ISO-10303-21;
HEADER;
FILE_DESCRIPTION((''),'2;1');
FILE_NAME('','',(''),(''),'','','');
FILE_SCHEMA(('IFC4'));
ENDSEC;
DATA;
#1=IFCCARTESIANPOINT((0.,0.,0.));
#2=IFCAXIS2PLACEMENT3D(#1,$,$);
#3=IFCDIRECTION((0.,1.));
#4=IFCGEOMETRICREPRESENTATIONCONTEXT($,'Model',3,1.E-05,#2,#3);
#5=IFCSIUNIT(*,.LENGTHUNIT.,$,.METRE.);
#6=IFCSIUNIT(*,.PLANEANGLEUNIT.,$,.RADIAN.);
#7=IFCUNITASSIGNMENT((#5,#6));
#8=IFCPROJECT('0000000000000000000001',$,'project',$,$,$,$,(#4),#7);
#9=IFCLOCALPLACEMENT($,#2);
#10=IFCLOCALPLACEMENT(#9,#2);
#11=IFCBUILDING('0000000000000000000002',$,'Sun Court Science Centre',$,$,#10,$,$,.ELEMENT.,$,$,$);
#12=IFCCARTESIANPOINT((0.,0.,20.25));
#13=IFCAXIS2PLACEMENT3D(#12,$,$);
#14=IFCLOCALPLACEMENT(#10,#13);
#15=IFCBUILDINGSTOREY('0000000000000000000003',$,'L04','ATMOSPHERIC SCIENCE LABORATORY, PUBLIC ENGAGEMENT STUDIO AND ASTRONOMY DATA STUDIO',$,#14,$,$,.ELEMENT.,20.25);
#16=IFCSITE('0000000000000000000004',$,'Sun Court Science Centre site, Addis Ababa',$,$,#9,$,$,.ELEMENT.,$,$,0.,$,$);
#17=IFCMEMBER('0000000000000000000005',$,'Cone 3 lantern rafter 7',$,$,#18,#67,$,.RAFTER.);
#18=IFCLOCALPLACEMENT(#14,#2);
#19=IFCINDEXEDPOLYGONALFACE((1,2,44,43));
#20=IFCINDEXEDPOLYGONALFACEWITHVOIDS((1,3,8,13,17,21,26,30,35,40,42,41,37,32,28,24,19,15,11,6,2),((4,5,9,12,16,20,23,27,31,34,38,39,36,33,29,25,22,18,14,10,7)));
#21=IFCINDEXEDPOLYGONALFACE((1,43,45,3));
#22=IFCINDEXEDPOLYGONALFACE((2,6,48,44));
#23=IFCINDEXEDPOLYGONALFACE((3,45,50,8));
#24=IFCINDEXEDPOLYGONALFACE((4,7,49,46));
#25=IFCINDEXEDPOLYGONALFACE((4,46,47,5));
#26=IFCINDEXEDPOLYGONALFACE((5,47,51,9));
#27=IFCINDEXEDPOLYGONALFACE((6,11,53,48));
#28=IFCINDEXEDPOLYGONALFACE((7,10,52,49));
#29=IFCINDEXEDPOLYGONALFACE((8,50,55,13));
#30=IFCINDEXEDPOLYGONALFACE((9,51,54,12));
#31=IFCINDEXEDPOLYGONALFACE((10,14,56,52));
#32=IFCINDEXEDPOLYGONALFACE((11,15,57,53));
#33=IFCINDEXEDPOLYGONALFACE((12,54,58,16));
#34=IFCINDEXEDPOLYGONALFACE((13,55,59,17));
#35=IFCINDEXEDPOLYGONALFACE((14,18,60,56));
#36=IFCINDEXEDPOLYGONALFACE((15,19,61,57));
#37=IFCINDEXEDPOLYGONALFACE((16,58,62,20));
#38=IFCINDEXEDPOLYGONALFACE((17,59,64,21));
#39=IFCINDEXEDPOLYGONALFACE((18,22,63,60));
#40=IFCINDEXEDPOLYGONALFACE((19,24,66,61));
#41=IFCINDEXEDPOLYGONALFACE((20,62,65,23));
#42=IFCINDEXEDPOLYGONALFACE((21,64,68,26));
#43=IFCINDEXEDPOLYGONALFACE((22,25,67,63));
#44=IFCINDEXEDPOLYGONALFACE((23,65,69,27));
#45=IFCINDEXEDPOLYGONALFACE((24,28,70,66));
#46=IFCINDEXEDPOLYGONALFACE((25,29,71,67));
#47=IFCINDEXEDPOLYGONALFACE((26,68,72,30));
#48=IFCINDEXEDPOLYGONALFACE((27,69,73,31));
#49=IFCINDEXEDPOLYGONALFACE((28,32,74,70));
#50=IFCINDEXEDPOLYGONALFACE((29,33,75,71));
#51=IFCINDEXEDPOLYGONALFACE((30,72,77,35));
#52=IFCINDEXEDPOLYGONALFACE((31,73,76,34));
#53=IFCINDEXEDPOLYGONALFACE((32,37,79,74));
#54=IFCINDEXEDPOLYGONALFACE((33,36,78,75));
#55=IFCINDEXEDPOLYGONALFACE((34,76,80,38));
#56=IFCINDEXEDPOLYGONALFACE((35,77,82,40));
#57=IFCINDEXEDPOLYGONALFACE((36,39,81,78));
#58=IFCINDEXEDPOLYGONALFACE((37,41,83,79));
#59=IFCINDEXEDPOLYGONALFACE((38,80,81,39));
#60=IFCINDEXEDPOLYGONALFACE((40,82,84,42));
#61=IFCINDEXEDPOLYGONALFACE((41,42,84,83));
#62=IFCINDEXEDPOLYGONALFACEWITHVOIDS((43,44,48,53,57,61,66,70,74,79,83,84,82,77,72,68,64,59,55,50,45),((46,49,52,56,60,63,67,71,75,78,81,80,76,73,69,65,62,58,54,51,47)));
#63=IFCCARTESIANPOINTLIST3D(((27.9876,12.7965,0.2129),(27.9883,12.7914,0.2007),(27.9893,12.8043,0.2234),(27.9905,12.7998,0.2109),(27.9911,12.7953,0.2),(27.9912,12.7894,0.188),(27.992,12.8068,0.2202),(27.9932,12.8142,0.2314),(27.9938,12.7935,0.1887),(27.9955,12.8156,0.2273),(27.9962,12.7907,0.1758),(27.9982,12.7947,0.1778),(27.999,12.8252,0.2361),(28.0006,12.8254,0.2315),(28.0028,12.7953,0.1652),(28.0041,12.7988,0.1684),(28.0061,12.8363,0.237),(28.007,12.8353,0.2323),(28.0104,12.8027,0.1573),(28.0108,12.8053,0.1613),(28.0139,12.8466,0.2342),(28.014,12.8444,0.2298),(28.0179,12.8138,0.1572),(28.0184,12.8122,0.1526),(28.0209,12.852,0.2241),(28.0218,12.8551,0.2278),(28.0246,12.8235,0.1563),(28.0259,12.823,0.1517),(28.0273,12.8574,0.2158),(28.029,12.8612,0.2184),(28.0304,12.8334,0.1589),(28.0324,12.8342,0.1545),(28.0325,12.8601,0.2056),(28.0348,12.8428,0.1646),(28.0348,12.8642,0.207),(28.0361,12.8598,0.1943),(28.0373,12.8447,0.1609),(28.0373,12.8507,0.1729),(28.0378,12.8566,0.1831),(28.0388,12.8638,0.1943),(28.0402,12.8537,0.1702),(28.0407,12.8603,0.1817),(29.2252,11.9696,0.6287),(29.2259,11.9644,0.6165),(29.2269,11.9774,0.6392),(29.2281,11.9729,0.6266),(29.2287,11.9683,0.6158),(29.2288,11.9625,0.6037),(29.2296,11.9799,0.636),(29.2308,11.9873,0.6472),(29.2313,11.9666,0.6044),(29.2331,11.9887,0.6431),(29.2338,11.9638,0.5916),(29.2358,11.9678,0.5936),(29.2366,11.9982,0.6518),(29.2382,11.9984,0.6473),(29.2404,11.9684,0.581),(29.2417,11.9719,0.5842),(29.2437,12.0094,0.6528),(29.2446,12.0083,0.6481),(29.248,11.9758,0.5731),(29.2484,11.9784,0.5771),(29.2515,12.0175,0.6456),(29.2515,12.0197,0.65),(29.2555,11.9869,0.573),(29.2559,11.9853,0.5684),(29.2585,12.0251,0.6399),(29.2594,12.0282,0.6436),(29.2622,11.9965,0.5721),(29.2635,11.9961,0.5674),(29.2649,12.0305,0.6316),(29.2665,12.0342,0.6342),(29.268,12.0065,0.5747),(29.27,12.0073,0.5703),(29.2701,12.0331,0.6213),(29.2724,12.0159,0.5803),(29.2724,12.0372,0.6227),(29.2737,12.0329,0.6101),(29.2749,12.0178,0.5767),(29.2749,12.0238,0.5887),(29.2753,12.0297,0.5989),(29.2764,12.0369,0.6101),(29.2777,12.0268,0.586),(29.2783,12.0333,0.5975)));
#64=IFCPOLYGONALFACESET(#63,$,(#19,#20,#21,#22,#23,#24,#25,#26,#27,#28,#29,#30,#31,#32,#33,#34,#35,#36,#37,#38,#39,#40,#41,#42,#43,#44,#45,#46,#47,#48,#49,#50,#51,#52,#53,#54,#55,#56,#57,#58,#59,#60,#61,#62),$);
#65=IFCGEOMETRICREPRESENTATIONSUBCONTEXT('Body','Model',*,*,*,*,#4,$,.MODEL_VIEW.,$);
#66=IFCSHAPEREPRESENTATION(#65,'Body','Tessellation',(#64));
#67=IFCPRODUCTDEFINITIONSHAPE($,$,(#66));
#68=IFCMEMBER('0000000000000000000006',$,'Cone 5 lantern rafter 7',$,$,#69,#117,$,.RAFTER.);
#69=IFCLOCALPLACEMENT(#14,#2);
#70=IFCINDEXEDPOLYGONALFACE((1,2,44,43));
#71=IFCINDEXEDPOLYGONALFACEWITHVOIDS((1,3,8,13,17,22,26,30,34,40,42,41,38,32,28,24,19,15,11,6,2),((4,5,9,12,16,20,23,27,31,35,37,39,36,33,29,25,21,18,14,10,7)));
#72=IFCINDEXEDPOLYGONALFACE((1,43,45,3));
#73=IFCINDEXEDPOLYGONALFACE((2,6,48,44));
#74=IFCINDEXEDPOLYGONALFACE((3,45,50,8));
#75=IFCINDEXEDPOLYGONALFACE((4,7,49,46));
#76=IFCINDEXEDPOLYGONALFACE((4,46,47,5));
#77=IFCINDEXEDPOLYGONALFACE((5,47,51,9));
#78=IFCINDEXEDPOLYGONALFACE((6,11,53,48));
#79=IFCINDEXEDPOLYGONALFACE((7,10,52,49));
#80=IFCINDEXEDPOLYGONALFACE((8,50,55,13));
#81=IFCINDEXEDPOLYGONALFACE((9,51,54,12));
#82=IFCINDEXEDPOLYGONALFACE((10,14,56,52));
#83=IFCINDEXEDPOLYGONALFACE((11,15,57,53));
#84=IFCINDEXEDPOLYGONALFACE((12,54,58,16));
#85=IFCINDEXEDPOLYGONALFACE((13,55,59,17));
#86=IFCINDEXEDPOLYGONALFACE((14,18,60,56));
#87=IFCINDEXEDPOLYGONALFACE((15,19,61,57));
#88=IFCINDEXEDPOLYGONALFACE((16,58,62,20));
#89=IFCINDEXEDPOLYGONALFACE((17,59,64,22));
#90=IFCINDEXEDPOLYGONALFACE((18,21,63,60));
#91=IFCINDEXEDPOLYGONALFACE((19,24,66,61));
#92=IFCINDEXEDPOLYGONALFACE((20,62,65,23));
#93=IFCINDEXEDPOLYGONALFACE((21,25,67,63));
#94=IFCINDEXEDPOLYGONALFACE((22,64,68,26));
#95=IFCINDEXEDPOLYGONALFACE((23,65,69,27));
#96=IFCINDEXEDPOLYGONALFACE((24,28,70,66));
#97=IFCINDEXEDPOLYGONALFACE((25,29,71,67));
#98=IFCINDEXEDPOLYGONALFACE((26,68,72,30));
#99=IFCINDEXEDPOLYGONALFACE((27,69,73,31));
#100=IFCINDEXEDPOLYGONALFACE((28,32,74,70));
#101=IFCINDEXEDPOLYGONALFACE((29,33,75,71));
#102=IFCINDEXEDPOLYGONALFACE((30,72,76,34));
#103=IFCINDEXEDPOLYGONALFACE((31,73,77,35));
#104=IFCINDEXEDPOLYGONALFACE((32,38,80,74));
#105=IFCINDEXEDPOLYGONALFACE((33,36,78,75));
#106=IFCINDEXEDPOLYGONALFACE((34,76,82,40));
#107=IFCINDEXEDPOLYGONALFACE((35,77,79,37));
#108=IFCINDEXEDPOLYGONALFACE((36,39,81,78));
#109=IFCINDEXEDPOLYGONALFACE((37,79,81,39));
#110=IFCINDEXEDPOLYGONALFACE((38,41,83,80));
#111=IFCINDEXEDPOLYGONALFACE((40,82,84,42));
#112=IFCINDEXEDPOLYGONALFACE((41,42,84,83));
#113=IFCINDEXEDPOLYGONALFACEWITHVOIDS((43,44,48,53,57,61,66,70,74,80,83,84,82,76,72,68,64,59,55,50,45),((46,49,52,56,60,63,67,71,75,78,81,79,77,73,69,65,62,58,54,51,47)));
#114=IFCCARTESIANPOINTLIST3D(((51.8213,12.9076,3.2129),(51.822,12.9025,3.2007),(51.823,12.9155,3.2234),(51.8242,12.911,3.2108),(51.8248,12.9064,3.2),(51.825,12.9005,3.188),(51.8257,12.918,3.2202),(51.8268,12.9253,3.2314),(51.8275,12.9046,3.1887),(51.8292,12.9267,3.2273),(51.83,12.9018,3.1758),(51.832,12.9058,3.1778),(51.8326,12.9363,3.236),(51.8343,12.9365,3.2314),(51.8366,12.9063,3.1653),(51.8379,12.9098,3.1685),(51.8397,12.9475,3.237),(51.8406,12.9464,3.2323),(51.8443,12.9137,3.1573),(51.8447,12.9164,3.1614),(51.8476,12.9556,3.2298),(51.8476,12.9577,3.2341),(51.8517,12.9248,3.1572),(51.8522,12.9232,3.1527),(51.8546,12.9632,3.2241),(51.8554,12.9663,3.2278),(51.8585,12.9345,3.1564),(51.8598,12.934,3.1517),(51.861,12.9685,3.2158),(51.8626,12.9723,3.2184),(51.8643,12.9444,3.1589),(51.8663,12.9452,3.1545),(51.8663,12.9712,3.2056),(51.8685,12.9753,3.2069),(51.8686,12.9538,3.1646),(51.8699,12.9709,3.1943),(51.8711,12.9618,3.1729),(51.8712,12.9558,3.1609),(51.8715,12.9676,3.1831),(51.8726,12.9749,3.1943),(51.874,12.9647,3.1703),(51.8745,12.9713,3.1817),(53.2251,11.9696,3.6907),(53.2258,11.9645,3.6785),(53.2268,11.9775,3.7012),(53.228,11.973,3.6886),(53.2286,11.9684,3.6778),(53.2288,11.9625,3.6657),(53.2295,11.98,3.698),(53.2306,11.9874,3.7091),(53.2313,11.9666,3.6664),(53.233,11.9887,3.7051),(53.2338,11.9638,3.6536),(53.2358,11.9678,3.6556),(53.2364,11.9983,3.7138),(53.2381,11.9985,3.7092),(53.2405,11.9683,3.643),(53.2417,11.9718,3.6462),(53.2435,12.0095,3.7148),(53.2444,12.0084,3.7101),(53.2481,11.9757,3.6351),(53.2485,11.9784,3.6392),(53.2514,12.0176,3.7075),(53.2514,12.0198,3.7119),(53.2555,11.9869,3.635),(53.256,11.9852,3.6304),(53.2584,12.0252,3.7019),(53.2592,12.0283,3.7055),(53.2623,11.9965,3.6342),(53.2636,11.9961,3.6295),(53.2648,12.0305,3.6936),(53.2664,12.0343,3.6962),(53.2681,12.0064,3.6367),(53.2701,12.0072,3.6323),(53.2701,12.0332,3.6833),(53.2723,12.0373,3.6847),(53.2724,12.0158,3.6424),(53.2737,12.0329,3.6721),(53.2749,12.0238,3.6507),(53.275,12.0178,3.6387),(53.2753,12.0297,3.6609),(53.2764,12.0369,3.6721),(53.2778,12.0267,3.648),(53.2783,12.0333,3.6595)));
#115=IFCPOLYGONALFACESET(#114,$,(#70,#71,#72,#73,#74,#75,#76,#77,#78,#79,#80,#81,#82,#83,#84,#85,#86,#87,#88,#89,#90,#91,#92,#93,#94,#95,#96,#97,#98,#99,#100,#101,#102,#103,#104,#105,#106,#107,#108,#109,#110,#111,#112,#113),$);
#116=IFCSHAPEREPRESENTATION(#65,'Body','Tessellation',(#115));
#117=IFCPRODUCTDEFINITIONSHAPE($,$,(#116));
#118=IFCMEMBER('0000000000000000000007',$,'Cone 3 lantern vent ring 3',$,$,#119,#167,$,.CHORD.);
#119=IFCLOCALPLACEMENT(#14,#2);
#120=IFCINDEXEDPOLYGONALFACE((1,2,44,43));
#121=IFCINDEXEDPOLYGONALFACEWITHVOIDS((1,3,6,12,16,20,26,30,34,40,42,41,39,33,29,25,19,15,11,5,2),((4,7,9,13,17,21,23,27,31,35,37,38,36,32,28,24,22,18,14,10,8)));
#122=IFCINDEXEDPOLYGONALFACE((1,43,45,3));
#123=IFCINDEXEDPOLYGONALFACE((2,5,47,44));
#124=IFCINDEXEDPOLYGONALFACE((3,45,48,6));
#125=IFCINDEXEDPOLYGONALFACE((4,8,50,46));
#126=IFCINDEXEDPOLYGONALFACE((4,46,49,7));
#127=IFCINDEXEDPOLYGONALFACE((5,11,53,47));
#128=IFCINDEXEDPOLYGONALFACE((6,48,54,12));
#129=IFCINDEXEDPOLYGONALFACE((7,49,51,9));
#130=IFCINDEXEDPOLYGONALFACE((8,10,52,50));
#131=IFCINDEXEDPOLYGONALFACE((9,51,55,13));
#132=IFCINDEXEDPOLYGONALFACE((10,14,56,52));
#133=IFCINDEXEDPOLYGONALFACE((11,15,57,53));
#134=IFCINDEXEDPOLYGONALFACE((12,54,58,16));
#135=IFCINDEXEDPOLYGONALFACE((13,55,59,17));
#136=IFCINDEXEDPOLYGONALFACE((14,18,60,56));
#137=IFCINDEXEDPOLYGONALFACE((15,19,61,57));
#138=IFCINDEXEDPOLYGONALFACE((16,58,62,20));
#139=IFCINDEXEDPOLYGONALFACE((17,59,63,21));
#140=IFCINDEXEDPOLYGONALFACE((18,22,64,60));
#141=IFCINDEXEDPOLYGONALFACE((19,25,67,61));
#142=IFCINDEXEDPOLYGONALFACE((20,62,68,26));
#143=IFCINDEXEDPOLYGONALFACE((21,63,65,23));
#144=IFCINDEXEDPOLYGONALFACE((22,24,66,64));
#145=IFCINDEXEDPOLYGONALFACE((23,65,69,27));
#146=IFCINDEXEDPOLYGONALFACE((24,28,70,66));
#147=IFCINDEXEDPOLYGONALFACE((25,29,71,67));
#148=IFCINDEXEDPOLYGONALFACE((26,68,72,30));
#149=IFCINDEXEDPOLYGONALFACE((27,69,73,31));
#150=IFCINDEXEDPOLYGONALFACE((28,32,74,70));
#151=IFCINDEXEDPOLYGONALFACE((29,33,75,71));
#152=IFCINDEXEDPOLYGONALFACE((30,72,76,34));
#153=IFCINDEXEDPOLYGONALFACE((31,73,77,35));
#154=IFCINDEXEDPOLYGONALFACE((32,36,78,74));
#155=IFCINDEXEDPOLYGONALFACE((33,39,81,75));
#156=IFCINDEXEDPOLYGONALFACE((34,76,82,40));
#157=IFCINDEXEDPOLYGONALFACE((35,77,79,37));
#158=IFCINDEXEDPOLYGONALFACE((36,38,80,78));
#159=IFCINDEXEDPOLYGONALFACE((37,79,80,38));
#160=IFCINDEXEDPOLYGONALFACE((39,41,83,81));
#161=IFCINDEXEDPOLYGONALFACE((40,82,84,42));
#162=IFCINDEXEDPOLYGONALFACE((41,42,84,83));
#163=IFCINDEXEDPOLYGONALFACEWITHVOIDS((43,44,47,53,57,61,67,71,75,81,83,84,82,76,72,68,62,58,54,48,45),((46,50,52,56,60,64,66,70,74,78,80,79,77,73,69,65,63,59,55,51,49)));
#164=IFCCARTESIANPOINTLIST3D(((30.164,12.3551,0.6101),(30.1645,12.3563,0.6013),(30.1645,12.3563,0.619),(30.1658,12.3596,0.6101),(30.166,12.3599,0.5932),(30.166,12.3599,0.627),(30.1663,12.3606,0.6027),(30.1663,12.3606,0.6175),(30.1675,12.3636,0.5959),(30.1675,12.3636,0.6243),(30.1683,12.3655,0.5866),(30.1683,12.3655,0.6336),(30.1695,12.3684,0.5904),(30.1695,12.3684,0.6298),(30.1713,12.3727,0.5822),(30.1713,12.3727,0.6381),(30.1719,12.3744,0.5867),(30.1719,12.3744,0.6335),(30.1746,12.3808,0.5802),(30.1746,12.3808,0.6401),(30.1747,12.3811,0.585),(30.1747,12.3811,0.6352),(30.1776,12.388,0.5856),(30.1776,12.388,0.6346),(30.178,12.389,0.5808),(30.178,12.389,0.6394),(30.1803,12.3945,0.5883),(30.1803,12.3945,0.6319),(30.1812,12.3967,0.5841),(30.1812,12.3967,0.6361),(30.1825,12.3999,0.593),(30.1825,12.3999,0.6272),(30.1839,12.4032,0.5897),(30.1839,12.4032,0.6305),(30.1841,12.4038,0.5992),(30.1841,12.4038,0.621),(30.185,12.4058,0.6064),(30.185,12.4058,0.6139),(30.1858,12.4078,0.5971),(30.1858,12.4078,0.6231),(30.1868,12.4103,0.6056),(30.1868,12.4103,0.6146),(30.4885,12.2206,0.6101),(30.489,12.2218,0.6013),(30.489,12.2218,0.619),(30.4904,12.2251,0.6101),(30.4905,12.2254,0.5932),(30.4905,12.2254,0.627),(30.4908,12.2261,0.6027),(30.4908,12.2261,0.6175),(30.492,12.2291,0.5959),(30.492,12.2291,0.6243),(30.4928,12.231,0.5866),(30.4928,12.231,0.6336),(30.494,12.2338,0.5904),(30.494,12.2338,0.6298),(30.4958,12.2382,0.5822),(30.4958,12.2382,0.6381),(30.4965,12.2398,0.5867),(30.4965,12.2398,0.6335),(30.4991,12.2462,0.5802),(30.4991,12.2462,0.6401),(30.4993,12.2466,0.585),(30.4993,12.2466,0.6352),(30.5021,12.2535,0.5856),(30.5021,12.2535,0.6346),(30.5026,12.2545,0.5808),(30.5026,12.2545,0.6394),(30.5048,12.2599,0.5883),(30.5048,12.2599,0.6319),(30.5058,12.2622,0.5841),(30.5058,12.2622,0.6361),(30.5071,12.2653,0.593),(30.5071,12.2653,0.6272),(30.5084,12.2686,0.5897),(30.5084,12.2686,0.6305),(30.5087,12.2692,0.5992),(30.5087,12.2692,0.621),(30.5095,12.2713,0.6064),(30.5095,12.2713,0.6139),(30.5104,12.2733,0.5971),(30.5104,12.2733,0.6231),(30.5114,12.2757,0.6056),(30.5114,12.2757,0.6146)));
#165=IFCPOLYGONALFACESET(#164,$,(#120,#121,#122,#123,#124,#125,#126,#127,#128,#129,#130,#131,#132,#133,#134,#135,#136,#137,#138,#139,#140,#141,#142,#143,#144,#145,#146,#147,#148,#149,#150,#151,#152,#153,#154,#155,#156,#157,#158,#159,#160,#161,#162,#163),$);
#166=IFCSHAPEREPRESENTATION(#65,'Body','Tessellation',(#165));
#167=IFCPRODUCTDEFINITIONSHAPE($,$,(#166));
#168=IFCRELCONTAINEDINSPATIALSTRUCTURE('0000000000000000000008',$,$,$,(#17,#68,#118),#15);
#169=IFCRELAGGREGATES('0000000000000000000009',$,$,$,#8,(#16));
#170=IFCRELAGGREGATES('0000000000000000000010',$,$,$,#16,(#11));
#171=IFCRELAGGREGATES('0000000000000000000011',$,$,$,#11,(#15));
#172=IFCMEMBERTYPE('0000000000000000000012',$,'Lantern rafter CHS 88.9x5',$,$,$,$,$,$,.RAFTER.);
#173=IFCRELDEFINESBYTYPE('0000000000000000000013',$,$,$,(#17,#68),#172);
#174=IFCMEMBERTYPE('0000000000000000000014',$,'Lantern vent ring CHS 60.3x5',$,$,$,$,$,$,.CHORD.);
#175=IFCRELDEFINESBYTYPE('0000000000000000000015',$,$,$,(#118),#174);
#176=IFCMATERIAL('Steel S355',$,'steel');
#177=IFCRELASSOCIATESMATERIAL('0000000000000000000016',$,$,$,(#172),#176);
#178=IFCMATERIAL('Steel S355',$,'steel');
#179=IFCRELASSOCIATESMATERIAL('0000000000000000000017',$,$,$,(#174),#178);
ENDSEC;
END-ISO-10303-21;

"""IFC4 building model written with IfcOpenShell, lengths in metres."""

from ifc_helpers import new_model, si_unit, direction, frame, origin, origin_2d, place, context, subcontext, project, spatial, hollow_circle, extrude, material, material_profile, profile_set, type_object, element, save


model = new_model("IFC4")

# Units and contexts
model_context = context("Model", 3, precision=1e-05, world=origin(), true_north=direction((0.0, 1.0)))
body_context = subcontext(model_context, "Body", "Model", "MODEL_VIEW")
ifc_project = project(units=[si_unit("LENGTHUNIT", "METRE"), si_unit("PLANEANGLEUNIT", "RADIAN")], contexts=[model_context])

# Site, building, storey
site_placement = place(None, origin())
site = spatial("IfcSite", under=ifc_project, at=site_placement, Name="Sun Court Science Centre site, Addis Ababa", CompositionType="ELEMENT", RefElevation=0.0)
building_placement = place(site_placement, origin())
building = spatial("IfcBuilding", under=site, at=building_placement, Name="Sun Court Science Centre", CompositionType="ELEMENT")
storey_placement = place(building_placement, frame((0.0, 0.0, 20.25)))
storey = spatial("IfcBuildingStorey", under=building, at=storey_placement, Name="L04", Description="ATMOSPHERIC SCIENCE LABORATORY, PUBLIC ENGAGEMENT STUDIO AND ASTRONOMY DATA STUDIO", CompositionType="ELEMENT", Elevation=20.25)

# Members
ifc_material_1 = material(Name="Steel S355", Category="steel")
ifc_material_profile_1 = material_profile(ifc_material_1, hollow_circle(Radius=0.0444, WallThickness=0.0049, at=origin_2d()), Name="CHS 88.9x5")
ifc_profile_set_1 = profile_set([ifc_material_profile_1], Name="Steel S355")
member_type_1 = type_object("IfcMemberType", Name="Lantern rafter CHS 88.9x5", PredefinedType="RAFTER", material=ifc_profile_set_1)
for number, where, z_axis, x_axis, name in (
    (1, (28.0142, 12.8269, 0.1943), (0.800811, -0.535086, 0.269044), (0.555571, 0.831469, 0.0), "Cone 3 lantern rafter 7"),
):
    element("IfcMember", number, at=place(storey_placement, frame(where, z_axis=z_axis, x_axis=x_axis)), inside=storey, type_object=member_type_1, Name=name, PredefinedType="RAFTER", context=body_context, shape_type="SweptSolid", body=[
        extrude(hollow_circle(Radius=0.0444, WallThickness=0.0049, at=origin_2d()), origin(), (0.0, 0.0, 1.0), 1.5454),
    ])
member_1_placement = place(storey_placement, frame((51.8479, 12.938, 3.1943), z_axis=(0.800053, -0.534575, 0.272296), x_axis=(0.555568, 0.831471, 0.0)))
element("IfcMember", 2, at=member_1_placement, inside=storey, type_object=member_type_1, Name="Cone 5 lantern rafter 7", PredefinedType="RAFTER", context=body_context, shape_type="SweptSolid", body=[
    extrude(hollow_circle(Radius=0.0444, WallThickness=0.0049, at=origin_2d()), origin(), (0.0, 0.0, 1.0), 1.7546),
])
ifc_material_2 = material(Name="Steel S355", Category="steel")
ifc_material_profile_2 = material_profile(ifc_material_2, hollow_circle(Radius=0.03, WallThickness=0.0049, at=origin_2d()), Name="CHS 60.3x5")
ifc_profile_set_2 = profile_set([ifc_material_profile_2], Name="Steel S355")
member_type_2 = type_object("IfcMemberType", Name="Lantern vent ring CHS 60.3x5", PredefinedType="CHORD", material=ifc_profile_set_2)
member_2_placement = place(storey_placement, frame((30.5, 12.2483, 0.6101), z_axis=(-0.923754, 0.382986, 0.0), x_axis=(-0.382986, -0.923754, 0.0)))
element("IfcMember", 3, at=member_2_placement, inside=storey, type_object=member_type_2, Name="Cone 3 lantern vent ring 3", PredefinedType="CHORD", context=body_context, shape_type="SweptSolid", body=[
    extrude(hollow_circle(Radius=0.03, WallThickness=0.0049, at=origin_2d()), origin(), (0.0, 0.0, 1.0), 0.3513),
])

save(model, "model.ifc")
